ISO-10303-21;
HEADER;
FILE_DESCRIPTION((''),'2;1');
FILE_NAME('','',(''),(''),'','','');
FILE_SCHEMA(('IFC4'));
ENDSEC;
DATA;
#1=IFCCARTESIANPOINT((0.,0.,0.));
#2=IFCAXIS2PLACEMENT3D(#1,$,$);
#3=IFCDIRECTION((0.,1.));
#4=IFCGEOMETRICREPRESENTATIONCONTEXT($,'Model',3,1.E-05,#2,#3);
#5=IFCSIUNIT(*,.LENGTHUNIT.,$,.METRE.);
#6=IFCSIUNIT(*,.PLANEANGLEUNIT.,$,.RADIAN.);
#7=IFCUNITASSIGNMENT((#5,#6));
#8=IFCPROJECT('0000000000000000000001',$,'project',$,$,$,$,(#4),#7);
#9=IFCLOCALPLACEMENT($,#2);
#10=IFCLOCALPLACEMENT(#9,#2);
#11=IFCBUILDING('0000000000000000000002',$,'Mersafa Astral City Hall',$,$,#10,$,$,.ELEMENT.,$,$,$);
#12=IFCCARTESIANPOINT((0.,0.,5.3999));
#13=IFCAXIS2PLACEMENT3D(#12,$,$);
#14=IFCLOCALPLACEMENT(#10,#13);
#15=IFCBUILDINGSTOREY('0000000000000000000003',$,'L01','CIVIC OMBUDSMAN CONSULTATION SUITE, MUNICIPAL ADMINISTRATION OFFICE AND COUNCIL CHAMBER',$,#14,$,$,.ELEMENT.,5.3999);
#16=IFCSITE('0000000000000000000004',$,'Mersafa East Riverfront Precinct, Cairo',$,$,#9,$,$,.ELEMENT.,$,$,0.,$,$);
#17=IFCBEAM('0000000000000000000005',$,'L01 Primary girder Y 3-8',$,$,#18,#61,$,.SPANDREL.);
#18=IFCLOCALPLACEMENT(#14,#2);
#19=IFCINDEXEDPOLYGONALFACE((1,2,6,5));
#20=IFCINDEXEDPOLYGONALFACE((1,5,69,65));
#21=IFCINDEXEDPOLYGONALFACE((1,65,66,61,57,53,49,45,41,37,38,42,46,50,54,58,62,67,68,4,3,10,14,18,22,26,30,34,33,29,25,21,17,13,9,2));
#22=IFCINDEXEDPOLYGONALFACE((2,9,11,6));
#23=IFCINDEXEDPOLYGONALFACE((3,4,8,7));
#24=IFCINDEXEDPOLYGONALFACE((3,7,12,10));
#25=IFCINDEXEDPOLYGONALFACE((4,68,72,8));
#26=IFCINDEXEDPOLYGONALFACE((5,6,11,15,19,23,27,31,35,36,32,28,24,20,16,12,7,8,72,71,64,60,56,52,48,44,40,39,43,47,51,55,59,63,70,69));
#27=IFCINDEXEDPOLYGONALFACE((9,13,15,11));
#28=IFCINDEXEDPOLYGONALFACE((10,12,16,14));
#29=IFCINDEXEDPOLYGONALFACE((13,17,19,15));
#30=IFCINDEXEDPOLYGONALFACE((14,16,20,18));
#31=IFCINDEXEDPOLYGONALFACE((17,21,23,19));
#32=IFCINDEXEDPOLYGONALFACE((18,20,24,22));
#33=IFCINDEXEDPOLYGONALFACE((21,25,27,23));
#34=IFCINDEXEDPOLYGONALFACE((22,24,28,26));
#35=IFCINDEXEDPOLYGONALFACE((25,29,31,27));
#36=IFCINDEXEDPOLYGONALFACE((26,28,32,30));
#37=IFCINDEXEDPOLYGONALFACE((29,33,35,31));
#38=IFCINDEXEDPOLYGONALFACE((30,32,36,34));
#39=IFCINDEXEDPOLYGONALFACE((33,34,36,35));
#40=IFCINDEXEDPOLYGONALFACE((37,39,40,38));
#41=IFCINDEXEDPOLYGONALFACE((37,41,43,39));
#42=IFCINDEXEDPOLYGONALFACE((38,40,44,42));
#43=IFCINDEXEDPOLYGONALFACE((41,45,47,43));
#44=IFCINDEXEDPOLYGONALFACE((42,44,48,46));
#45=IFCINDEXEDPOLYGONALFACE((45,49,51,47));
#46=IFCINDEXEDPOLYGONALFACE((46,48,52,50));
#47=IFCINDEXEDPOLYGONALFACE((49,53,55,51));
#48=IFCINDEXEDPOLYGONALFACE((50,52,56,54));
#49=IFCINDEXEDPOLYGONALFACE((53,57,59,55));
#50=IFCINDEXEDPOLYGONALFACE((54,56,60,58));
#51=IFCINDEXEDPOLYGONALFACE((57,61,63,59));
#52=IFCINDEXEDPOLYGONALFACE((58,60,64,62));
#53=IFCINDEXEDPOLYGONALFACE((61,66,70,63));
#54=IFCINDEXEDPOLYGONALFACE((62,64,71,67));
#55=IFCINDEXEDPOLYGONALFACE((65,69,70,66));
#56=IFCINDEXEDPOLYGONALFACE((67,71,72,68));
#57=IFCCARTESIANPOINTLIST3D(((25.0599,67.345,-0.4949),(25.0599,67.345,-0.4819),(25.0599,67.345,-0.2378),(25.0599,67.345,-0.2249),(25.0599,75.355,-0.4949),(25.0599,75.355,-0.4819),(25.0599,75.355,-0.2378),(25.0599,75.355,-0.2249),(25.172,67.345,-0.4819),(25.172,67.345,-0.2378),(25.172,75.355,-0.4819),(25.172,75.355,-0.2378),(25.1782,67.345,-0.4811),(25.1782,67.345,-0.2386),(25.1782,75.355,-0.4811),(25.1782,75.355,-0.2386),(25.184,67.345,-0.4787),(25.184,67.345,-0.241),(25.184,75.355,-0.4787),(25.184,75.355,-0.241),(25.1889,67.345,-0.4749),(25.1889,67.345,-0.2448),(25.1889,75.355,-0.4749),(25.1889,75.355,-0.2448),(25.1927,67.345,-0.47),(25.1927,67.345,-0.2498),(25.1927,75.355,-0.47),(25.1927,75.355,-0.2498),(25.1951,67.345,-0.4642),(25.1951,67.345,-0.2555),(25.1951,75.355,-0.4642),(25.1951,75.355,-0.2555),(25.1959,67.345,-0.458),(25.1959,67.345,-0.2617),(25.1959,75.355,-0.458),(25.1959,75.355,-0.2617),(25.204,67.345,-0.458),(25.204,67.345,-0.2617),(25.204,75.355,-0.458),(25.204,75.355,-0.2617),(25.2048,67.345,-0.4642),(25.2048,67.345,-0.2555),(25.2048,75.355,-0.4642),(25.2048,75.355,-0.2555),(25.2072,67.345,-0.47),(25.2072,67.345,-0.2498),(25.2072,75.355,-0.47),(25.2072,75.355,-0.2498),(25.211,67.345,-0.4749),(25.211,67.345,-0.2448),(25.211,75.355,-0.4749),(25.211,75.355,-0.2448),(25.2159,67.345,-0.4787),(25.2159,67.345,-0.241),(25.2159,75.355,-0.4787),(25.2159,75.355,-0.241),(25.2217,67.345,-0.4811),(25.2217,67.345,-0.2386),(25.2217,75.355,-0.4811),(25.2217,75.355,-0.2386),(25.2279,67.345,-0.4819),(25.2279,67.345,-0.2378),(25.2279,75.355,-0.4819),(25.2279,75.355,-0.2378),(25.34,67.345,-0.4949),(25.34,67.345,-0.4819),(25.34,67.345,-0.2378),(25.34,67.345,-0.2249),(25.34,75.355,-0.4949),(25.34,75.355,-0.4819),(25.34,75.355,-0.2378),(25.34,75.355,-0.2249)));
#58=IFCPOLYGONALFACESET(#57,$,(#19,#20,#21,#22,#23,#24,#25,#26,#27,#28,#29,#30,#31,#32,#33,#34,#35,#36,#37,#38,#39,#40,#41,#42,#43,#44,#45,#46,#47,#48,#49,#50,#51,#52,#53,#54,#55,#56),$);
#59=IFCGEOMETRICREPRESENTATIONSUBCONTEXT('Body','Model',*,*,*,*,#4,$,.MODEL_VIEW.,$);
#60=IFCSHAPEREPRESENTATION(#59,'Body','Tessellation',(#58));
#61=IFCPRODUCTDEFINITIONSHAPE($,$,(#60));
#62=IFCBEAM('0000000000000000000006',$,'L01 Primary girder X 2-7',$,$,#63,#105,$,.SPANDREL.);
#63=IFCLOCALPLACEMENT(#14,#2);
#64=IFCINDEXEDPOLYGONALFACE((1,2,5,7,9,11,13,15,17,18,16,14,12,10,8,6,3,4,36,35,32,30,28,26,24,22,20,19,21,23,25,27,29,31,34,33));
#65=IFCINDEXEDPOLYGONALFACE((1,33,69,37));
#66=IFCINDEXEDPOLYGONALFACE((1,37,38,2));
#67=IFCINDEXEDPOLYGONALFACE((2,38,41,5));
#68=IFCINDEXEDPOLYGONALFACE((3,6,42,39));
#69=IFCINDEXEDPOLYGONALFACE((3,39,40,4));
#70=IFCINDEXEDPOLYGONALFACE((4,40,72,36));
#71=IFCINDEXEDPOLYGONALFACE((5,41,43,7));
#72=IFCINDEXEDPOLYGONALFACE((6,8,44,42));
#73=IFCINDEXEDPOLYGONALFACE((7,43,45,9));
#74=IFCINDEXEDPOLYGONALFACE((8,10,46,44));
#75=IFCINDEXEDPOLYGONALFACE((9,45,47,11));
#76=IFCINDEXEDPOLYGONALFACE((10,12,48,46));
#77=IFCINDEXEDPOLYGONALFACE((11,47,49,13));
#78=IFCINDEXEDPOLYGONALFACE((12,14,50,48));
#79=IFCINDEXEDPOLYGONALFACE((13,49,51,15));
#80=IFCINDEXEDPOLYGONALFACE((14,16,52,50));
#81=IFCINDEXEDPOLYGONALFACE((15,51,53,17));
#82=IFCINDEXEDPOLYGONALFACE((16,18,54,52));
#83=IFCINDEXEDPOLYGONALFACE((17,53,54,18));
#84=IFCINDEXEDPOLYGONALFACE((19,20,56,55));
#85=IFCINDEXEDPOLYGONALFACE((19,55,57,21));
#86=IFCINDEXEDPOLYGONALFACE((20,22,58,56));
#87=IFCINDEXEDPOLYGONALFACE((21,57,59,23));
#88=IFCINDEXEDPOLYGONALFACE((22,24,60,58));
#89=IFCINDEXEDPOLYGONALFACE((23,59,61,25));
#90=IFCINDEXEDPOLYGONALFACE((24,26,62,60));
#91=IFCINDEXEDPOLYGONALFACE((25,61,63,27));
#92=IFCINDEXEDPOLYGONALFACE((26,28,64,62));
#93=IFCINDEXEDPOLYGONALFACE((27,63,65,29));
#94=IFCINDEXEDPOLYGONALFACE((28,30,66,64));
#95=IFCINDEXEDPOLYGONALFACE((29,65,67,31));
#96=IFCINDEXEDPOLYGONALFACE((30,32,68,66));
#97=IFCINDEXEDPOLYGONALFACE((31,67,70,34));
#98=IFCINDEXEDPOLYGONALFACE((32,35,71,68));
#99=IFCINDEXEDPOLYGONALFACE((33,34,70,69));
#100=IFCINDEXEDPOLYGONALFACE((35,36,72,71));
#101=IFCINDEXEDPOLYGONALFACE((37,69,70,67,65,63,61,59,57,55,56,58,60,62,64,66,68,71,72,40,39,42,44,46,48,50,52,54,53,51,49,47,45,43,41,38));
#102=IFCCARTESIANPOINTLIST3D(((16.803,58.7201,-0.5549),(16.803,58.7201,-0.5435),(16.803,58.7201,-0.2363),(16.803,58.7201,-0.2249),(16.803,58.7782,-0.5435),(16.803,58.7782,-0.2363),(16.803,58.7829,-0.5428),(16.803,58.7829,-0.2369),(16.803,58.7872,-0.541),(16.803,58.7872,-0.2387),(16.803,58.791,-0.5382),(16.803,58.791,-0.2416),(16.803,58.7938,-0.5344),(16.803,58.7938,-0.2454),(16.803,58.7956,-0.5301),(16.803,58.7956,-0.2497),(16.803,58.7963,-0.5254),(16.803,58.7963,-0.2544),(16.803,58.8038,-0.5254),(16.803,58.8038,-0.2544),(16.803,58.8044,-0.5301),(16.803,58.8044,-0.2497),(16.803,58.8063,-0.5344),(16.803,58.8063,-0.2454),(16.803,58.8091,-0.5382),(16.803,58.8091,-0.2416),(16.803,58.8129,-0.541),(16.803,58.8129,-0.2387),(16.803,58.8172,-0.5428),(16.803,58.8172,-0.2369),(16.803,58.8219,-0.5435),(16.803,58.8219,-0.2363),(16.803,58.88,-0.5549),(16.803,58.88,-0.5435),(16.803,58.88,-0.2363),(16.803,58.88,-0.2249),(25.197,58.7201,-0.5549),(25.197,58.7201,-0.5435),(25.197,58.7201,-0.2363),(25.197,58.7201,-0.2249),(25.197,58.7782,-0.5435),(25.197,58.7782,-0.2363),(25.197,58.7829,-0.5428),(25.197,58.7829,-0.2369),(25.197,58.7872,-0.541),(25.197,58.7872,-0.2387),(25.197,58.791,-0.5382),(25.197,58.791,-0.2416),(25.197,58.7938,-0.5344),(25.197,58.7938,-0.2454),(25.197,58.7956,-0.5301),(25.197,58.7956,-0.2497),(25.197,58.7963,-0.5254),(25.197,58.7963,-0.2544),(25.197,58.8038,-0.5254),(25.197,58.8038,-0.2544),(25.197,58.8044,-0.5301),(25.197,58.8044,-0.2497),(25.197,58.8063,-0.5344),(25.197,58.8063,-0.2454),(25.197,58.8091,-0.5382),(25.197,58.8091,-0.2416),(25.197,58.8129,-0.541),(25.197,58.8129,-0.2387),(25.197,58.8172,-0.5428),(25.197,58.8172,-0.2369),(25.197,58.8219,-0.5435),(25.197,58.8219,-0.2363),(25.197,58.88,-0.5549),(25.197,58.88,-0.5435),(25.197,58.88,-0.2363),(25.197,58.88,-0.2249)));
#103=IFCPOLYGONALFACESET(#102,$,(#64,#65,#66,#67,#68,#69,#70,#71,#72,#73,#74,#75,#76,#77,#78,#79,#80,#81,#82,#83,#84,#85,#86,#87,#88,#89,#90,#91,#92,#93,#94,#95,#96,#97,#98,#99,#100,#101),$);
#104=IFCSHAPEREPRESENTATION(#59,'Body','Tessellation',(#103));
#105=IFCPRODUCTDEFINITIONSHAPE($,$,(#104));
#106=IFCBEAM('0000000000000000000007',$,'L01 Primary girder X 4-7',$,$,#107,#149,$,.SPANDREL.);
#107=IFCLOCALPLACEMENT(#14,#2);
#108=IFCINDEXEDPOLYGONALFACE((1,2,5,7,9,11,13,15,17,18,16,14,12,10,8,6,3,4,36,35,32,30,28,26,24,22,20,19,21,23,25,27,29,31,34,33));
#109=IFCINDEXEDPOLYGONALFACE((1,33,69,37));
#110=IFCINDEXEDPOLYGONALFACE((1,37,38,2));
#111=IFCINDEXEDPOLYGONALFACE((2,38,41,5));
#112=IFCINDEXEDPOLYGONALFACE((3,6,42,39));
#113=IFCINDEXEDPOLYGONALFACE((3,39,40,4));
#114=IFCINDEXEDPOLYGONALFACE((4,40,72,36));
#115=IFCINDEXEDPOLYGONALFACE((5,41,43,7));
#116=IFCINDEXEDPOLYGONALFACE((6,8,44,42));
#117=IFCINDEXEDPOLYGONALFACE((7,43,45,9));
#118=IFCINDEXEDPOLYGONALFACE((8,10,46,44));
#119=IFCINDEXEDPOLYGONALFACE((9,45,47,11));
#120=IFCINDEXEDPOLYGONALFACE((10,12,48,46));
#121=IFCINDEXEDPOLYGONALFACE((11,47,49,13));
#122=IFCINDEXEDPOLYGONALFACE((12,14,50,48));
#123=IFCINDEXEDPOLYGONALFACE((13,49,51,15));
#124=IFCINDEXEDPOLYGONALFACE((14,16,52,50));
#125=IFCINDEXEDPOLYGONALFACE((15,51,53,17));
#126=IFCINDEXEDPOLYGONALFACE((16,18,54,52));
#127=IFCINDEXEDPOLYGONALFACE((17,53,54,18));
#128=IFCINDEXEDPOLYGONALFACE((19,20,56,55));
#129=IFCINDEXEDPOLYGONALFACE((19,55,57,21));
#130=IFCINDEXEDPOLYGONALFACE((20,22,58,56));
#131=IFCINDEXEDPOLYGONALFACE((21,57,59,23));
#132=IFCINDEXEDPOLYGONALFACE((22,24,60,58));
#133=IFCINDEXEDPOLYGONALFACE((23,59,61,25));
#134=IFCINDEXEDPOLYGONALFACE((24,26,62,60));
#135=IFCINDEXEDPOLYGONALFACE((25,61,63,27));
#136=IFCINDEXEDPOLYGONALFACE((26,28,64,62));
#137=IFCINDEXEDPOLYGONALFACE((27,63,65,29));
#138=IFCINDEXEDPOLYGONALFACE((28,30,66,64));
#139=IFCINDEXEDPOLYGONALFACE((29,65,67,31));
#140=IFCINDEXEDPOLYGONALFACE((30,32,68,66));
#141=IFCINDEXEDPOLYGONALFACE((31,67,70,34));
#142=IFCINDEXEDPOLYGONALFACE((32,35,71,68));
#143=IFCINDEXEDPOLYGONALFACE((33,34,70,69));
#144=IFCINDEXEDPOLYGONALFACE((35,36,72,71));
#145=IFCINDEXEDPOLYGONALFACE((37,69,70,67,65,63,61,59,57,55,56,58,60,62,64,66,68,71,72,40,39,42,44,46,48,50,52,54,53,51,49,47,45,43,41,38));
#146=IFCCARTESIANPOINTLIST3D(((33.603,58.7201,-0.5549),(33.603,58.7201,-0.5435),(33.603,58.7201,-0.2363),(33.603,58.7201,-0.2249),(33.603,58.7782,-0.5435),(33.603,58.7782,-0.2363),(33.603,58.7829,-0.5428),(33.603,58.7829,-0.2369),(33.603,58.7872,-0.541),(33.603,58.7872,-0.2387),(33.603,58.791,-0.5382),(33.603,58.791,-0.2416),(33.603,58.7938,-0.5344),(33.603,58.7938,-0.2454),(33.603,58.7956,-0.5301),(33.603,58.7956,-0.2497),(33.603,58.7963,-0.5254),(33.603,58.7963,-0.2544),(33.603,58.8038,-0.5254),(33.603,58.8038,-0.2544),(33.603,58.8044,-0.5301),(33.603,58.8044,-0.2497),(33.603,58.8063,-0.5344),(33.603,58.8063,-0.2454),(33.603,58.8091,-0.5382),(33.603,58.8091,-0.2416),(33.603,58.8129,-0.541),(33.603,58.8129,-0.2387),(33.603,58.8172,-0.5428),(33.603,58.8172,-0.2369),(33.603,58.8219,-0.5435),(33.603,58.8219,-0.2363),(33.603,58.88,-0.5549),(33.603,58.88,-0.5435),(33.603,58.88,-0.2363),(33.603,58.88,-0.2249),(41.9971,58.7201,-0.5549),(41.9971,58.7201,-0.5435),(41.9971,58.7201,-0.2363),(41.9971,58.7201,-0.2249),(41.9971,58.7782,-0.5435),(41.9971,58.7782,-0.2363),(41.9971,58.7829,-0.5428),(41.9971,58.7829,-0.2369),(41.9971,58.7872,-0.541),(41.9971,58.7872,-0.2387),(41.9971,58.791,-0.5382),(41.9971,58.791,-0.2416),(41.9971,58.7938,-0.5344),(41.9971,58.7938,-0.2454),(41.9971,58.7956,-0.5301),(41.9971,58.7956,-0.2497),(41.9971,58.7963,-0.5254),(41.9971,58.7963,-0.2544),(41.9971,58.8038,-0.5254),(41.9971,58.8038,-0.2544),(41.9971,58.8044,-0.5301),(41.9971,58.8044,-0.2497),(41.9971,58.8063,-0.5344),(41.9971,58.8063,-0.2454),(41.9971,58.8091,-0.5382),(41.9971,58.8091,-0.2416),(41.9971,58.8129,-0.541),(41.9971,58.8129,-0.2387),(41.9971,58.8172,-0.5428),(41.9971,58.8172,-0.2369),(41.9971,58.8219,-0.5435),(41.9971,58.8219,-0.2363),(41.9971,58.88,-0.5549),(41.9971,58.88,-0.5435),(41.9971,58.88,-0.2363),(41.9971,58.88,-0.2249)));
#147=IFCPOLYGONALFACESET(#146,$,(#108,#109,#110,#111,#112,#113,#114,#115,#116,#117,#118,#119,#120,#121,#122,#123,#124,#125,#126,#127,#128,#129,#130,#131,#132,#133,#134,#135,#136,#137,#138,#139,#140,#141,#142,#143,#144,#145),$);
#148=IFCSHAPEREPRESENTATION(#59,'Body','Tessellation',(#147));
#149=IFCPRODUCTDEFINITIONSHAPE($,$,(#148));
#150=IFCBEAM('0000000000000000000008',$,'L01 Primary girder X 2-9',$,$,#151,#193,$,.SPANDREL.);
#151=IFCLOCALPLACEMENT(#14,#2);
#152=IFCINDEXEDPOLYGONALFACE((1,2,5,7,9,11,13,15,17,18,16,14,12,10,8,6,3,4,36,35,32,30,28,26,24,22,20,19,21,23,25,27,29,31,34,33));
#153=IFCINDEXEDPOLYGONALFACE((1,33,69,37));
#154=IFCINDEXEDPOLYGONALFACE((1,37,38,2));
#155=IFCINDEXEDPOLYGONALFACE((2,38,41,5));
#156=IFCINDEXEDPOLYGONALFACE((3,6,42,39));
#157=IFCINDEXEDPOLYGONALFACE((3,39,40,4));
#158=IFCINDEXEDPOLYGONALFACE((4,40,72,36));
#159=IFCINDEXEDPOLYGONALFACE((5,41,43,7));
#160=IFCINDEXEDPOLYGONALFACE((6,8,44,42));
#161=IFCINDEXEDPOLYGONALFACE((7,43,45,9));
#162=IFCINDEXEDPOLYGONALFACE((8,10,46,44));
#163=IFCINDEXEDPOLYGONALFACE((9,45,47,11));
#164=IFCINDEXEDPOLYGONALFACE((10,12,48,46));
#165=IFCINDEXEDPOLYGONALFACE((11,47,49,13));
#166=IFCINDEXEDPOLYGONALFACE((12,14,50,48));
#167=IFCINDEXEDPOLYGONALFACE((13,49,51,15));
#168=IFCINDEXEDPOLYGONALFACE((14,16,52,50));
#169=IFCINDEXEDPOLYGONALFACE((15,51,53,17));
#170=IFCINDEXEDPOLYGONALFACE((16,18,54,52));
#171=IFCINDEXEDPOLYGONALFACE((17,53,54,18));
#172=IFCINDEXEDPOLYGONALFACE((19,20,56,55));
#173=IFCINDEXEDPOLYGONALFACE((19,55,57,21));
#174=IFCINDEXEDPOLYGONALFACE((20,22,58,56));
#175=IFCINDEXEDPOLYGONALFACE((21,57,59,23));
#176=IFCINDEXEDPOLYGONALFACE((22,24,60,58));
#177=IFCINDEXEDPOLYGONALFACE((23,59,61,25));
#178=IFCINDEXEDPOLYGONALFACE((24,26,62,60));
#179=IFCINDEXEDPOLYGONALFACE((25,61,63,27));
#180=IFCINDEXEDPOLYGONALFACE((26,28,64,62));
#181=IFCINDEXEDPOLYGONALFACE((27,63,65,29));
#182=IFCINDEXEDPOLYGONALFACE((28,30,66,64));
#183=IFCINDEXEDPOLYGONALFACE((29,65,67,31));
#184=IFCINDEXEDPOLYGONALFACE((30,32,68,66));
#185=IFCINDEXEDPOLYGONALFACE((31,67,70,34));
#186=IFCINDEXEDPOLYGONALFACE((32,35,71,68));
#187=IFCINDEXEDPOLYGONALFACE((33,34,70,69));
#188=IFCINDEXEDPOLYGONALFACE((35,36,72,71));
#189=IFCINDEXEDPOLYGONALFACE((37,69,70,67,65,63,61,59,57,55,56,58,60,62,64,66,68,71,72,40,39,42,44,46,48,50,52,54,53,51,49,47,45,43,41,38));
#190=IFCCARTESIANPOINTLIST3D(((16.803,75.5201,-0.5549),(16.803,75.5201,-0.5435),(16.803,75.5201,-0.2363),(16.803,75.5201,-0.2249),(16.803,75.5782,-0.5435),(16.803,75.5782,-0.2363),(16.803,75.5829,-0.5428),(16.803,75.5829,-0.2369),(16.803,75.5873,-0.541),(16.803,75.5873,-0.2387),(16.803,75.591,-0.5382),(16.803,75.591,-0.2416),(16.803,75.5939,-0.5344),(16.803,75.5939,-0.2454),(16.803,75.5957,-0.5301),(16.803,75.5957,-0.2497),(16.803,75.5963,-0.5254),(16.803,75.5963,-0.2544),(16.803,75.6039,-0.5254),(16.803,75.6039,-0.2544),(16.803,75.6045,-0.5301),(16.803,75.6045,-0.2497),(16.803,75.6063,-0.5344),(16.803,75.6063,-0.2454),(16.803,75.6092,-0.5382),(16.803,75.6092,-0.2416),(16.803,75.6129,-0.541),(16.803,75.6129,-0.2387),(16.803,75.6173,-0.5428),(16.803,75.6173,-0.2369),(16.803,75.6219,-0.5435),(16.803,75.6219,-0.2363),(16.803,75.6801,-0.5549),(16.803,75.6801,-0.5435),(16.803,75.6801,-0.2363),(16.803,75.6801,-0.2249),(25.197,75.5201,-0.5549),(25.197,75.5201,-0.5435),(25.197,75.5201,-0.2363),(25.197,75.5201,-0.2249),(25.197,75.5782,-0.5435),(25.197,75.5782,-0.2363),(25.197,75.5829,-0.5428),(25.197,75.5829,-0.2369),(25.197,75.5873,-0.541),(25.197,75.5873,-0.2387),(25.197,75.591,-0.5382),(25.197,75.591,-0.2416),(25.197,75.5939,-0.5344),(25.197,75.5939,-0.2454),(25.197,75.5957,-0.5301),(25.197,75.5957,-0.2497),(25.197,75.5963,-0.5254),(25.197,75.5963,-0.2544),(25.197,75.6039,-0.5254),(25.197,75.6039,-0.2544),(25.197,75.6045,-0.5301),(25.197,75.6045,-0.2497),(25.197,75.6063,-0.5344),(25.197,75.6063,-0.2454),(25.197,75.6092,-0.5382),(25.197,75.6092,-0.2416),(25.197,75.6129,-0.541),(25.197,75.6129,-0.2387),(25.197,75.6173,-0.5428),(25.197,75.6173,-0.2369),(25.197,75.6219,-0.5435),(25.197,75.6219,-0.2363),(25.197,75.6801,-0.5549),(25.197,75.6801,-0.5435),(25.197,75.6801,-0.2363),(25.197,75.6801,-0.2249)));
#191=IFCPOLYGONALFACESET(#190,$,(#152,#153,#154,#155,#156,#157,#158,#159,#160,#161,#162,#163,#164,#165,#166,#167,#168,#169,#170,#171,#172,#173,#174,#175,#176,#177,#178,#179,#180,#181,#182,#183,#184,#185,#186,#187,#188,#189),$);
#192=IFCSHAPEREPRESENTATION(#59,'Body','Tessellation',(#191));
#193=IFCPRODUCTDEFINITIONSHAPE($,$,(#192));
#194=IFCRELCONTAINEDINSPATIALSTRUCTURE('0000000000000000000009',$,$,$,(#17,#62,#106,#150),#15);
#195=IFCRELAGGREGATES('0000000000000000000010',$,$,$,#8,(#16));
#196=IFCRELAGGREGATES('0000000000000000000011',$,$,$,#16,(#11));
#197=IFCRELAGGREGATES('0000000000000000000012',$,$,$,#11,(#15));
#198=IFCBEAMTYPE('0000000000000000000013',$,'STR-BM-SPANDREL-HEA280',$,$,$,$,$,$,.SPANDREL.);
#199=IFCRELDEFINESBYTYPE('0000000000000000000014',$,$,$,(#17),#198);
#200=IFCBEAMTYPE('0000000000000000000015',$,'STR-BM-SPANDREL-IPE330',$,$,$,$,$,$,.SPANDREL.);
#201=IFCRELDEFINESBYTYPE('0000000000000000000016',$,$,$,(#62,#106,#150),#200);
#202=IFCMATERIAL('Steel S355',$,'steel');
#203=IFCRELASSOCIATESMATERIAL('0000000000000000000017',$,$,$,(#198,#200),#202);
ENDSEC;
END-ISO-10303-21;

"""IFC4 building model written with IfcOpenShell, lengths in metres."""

from ifc_helpers import new_model, si_unit, direction, frame, origin, origin_2d, place, context, subcontext, project, spatial, i_section, extrude, material, material_profile, profile_set, type_object, element, save


model = new_model("IFC4")

# Units and contexts
model_context = context("Model", 3, precision=1e-05, world=origin(), true_north=direction((0.0, 1.0)))
body_context = subcontext(model_context, "Body", "Model", "MODEL_VIEW")
ifc_project = project(units=[si_unit("LENGTHUNIT", "METRE"), si_unit("PLANEANGLEUNIT", "RADIAN")], contexts=[model_context])

# Site, building, storey
site_placement = place(None, origin())
site = spatial("IfcSite", under=ifc_project, at=site_placement, Name="Mersafa East Riverfront Precinct, Cairo", CompositionType="ELEMENT", RefElevation=0.0)
building_placement = place(site_placement, origin())
building = spatial("IfcBuilding", under=site, at=building_placement, Name="Mersafa Astral City Hall", CompositionType="ELEMENT")
storey_placement = place(building_placement, frame((0.0, 0.0, 5.3999)))
storey = spatial("IfcBuildingStorey", under=building, at=storey_placement, Name="L01", Description="CIVIC OMBUDSMAN CONSULTATION SUITE, MUNICIPAL ADMINISTRATION OFFICE AND COUNCIL CHAMBER", CompositionType="ELEMENT", Elevation=5.3999)

# Shared definitions
ifc_material_1 = material(Name="Steel S355", Category="steel")

# Beams
ifc_material_profile_1 = material_profile(ifc_material_1, i_section(OverallWidth=0.28, OverallDepth=0.27, WebThickness=0.0081, FlangeThickness=0.0129, FilletRadius=0.0239, at=origin_2d()), Name="HEA 280")
ifc_profile_set_1 = profile_set([ifc_material_profile_1], Name="Steel S355")
beam_type_1 = type_object("IfcBeamType", Name="STR-BM-SPANDREL-HEA280", PredefinedType="SPANDREL", material=ifc_profile_set_1)
beam_1_placement = place(storey_placement, frame((25.2, 67.345, -0.3599), z_axis=(0.0, 1.0, 0.0), x_axis=(-1.0, 0.0, 0.0)))
element("IfcBeam", 1, at=beam_1_placement, inside=storey, type_object=beam_type_1, Name="L01 Primary girder Y 3-8", PredefinedType="SPANDREL", context=body_context, shape_type="SweptSolid", body=[
    extrude(i_section(OverallWidth=0.28, OverallDepth=0.27, WebThickness=0.0081, FlangeThickness=0.0129, FilletRadius=0.0239, at=origin_2d()), origin(), (0.0, 0.0, 1.0), 8.01),
])
ifc_material_profile_2 = material_profile(ifc_material_1, i_section(OverallWidth=0.1599, OverallDepth=0.3301, WebThickness=0.0076, FlangeThickness=0.0115, FilletRadius=0.0181, at=origin_2d()), Name="IPE 330")
ifc_profile_set_2 = profile_set([ifc_material_profile_2], Name="Steel S355")
beam_type_2 = type_object("IfcBeamType", Name="STR-BM-SPANDREL-IPE330", PredefinedType="SPANDREL", material=ifc_profile_set_2)
for number, where, z_axis, x_axis, name in (
    (2, (16.803, 58.8, -0.3899), (1.0, 0.0, 0.0), (0.0, 1.0, 0.0), "L01 Primary girder X 2-7"),
    (3, (33.603, 58.8, -0.3899), (1.0, 0.0, 0.0), (0.0, 1.0, 0.0), "L01 Primary girder X 4-7"),
    (4, (16.803, 75.6001, -0.3899), (1.0, 0.0, 0.0), (0.0, 1.0, 0.0), "L01 Primary girder X 2-9"),
):
    element("IfcBeam", number, at=place(storey_placement, frame(where, z_axis=z_axis, x_axis=x_axis)), inside=storey, type_object=beam_type_2, Name=name, PredefinedType="SPANDREL", context=body_context, shape_type="SweptSolid", body=[
        extrude(i_section(OverallWidth=0.1599, OverallDepth=0.3301, WebThickness=0.0076, FlangeThickness=0.0115, FilletRadius=0.0181, at=origin_2d()), origin(), (0.0, 0.0, 1.0), 8.394),
    ])

save(model, "model.ifc")
